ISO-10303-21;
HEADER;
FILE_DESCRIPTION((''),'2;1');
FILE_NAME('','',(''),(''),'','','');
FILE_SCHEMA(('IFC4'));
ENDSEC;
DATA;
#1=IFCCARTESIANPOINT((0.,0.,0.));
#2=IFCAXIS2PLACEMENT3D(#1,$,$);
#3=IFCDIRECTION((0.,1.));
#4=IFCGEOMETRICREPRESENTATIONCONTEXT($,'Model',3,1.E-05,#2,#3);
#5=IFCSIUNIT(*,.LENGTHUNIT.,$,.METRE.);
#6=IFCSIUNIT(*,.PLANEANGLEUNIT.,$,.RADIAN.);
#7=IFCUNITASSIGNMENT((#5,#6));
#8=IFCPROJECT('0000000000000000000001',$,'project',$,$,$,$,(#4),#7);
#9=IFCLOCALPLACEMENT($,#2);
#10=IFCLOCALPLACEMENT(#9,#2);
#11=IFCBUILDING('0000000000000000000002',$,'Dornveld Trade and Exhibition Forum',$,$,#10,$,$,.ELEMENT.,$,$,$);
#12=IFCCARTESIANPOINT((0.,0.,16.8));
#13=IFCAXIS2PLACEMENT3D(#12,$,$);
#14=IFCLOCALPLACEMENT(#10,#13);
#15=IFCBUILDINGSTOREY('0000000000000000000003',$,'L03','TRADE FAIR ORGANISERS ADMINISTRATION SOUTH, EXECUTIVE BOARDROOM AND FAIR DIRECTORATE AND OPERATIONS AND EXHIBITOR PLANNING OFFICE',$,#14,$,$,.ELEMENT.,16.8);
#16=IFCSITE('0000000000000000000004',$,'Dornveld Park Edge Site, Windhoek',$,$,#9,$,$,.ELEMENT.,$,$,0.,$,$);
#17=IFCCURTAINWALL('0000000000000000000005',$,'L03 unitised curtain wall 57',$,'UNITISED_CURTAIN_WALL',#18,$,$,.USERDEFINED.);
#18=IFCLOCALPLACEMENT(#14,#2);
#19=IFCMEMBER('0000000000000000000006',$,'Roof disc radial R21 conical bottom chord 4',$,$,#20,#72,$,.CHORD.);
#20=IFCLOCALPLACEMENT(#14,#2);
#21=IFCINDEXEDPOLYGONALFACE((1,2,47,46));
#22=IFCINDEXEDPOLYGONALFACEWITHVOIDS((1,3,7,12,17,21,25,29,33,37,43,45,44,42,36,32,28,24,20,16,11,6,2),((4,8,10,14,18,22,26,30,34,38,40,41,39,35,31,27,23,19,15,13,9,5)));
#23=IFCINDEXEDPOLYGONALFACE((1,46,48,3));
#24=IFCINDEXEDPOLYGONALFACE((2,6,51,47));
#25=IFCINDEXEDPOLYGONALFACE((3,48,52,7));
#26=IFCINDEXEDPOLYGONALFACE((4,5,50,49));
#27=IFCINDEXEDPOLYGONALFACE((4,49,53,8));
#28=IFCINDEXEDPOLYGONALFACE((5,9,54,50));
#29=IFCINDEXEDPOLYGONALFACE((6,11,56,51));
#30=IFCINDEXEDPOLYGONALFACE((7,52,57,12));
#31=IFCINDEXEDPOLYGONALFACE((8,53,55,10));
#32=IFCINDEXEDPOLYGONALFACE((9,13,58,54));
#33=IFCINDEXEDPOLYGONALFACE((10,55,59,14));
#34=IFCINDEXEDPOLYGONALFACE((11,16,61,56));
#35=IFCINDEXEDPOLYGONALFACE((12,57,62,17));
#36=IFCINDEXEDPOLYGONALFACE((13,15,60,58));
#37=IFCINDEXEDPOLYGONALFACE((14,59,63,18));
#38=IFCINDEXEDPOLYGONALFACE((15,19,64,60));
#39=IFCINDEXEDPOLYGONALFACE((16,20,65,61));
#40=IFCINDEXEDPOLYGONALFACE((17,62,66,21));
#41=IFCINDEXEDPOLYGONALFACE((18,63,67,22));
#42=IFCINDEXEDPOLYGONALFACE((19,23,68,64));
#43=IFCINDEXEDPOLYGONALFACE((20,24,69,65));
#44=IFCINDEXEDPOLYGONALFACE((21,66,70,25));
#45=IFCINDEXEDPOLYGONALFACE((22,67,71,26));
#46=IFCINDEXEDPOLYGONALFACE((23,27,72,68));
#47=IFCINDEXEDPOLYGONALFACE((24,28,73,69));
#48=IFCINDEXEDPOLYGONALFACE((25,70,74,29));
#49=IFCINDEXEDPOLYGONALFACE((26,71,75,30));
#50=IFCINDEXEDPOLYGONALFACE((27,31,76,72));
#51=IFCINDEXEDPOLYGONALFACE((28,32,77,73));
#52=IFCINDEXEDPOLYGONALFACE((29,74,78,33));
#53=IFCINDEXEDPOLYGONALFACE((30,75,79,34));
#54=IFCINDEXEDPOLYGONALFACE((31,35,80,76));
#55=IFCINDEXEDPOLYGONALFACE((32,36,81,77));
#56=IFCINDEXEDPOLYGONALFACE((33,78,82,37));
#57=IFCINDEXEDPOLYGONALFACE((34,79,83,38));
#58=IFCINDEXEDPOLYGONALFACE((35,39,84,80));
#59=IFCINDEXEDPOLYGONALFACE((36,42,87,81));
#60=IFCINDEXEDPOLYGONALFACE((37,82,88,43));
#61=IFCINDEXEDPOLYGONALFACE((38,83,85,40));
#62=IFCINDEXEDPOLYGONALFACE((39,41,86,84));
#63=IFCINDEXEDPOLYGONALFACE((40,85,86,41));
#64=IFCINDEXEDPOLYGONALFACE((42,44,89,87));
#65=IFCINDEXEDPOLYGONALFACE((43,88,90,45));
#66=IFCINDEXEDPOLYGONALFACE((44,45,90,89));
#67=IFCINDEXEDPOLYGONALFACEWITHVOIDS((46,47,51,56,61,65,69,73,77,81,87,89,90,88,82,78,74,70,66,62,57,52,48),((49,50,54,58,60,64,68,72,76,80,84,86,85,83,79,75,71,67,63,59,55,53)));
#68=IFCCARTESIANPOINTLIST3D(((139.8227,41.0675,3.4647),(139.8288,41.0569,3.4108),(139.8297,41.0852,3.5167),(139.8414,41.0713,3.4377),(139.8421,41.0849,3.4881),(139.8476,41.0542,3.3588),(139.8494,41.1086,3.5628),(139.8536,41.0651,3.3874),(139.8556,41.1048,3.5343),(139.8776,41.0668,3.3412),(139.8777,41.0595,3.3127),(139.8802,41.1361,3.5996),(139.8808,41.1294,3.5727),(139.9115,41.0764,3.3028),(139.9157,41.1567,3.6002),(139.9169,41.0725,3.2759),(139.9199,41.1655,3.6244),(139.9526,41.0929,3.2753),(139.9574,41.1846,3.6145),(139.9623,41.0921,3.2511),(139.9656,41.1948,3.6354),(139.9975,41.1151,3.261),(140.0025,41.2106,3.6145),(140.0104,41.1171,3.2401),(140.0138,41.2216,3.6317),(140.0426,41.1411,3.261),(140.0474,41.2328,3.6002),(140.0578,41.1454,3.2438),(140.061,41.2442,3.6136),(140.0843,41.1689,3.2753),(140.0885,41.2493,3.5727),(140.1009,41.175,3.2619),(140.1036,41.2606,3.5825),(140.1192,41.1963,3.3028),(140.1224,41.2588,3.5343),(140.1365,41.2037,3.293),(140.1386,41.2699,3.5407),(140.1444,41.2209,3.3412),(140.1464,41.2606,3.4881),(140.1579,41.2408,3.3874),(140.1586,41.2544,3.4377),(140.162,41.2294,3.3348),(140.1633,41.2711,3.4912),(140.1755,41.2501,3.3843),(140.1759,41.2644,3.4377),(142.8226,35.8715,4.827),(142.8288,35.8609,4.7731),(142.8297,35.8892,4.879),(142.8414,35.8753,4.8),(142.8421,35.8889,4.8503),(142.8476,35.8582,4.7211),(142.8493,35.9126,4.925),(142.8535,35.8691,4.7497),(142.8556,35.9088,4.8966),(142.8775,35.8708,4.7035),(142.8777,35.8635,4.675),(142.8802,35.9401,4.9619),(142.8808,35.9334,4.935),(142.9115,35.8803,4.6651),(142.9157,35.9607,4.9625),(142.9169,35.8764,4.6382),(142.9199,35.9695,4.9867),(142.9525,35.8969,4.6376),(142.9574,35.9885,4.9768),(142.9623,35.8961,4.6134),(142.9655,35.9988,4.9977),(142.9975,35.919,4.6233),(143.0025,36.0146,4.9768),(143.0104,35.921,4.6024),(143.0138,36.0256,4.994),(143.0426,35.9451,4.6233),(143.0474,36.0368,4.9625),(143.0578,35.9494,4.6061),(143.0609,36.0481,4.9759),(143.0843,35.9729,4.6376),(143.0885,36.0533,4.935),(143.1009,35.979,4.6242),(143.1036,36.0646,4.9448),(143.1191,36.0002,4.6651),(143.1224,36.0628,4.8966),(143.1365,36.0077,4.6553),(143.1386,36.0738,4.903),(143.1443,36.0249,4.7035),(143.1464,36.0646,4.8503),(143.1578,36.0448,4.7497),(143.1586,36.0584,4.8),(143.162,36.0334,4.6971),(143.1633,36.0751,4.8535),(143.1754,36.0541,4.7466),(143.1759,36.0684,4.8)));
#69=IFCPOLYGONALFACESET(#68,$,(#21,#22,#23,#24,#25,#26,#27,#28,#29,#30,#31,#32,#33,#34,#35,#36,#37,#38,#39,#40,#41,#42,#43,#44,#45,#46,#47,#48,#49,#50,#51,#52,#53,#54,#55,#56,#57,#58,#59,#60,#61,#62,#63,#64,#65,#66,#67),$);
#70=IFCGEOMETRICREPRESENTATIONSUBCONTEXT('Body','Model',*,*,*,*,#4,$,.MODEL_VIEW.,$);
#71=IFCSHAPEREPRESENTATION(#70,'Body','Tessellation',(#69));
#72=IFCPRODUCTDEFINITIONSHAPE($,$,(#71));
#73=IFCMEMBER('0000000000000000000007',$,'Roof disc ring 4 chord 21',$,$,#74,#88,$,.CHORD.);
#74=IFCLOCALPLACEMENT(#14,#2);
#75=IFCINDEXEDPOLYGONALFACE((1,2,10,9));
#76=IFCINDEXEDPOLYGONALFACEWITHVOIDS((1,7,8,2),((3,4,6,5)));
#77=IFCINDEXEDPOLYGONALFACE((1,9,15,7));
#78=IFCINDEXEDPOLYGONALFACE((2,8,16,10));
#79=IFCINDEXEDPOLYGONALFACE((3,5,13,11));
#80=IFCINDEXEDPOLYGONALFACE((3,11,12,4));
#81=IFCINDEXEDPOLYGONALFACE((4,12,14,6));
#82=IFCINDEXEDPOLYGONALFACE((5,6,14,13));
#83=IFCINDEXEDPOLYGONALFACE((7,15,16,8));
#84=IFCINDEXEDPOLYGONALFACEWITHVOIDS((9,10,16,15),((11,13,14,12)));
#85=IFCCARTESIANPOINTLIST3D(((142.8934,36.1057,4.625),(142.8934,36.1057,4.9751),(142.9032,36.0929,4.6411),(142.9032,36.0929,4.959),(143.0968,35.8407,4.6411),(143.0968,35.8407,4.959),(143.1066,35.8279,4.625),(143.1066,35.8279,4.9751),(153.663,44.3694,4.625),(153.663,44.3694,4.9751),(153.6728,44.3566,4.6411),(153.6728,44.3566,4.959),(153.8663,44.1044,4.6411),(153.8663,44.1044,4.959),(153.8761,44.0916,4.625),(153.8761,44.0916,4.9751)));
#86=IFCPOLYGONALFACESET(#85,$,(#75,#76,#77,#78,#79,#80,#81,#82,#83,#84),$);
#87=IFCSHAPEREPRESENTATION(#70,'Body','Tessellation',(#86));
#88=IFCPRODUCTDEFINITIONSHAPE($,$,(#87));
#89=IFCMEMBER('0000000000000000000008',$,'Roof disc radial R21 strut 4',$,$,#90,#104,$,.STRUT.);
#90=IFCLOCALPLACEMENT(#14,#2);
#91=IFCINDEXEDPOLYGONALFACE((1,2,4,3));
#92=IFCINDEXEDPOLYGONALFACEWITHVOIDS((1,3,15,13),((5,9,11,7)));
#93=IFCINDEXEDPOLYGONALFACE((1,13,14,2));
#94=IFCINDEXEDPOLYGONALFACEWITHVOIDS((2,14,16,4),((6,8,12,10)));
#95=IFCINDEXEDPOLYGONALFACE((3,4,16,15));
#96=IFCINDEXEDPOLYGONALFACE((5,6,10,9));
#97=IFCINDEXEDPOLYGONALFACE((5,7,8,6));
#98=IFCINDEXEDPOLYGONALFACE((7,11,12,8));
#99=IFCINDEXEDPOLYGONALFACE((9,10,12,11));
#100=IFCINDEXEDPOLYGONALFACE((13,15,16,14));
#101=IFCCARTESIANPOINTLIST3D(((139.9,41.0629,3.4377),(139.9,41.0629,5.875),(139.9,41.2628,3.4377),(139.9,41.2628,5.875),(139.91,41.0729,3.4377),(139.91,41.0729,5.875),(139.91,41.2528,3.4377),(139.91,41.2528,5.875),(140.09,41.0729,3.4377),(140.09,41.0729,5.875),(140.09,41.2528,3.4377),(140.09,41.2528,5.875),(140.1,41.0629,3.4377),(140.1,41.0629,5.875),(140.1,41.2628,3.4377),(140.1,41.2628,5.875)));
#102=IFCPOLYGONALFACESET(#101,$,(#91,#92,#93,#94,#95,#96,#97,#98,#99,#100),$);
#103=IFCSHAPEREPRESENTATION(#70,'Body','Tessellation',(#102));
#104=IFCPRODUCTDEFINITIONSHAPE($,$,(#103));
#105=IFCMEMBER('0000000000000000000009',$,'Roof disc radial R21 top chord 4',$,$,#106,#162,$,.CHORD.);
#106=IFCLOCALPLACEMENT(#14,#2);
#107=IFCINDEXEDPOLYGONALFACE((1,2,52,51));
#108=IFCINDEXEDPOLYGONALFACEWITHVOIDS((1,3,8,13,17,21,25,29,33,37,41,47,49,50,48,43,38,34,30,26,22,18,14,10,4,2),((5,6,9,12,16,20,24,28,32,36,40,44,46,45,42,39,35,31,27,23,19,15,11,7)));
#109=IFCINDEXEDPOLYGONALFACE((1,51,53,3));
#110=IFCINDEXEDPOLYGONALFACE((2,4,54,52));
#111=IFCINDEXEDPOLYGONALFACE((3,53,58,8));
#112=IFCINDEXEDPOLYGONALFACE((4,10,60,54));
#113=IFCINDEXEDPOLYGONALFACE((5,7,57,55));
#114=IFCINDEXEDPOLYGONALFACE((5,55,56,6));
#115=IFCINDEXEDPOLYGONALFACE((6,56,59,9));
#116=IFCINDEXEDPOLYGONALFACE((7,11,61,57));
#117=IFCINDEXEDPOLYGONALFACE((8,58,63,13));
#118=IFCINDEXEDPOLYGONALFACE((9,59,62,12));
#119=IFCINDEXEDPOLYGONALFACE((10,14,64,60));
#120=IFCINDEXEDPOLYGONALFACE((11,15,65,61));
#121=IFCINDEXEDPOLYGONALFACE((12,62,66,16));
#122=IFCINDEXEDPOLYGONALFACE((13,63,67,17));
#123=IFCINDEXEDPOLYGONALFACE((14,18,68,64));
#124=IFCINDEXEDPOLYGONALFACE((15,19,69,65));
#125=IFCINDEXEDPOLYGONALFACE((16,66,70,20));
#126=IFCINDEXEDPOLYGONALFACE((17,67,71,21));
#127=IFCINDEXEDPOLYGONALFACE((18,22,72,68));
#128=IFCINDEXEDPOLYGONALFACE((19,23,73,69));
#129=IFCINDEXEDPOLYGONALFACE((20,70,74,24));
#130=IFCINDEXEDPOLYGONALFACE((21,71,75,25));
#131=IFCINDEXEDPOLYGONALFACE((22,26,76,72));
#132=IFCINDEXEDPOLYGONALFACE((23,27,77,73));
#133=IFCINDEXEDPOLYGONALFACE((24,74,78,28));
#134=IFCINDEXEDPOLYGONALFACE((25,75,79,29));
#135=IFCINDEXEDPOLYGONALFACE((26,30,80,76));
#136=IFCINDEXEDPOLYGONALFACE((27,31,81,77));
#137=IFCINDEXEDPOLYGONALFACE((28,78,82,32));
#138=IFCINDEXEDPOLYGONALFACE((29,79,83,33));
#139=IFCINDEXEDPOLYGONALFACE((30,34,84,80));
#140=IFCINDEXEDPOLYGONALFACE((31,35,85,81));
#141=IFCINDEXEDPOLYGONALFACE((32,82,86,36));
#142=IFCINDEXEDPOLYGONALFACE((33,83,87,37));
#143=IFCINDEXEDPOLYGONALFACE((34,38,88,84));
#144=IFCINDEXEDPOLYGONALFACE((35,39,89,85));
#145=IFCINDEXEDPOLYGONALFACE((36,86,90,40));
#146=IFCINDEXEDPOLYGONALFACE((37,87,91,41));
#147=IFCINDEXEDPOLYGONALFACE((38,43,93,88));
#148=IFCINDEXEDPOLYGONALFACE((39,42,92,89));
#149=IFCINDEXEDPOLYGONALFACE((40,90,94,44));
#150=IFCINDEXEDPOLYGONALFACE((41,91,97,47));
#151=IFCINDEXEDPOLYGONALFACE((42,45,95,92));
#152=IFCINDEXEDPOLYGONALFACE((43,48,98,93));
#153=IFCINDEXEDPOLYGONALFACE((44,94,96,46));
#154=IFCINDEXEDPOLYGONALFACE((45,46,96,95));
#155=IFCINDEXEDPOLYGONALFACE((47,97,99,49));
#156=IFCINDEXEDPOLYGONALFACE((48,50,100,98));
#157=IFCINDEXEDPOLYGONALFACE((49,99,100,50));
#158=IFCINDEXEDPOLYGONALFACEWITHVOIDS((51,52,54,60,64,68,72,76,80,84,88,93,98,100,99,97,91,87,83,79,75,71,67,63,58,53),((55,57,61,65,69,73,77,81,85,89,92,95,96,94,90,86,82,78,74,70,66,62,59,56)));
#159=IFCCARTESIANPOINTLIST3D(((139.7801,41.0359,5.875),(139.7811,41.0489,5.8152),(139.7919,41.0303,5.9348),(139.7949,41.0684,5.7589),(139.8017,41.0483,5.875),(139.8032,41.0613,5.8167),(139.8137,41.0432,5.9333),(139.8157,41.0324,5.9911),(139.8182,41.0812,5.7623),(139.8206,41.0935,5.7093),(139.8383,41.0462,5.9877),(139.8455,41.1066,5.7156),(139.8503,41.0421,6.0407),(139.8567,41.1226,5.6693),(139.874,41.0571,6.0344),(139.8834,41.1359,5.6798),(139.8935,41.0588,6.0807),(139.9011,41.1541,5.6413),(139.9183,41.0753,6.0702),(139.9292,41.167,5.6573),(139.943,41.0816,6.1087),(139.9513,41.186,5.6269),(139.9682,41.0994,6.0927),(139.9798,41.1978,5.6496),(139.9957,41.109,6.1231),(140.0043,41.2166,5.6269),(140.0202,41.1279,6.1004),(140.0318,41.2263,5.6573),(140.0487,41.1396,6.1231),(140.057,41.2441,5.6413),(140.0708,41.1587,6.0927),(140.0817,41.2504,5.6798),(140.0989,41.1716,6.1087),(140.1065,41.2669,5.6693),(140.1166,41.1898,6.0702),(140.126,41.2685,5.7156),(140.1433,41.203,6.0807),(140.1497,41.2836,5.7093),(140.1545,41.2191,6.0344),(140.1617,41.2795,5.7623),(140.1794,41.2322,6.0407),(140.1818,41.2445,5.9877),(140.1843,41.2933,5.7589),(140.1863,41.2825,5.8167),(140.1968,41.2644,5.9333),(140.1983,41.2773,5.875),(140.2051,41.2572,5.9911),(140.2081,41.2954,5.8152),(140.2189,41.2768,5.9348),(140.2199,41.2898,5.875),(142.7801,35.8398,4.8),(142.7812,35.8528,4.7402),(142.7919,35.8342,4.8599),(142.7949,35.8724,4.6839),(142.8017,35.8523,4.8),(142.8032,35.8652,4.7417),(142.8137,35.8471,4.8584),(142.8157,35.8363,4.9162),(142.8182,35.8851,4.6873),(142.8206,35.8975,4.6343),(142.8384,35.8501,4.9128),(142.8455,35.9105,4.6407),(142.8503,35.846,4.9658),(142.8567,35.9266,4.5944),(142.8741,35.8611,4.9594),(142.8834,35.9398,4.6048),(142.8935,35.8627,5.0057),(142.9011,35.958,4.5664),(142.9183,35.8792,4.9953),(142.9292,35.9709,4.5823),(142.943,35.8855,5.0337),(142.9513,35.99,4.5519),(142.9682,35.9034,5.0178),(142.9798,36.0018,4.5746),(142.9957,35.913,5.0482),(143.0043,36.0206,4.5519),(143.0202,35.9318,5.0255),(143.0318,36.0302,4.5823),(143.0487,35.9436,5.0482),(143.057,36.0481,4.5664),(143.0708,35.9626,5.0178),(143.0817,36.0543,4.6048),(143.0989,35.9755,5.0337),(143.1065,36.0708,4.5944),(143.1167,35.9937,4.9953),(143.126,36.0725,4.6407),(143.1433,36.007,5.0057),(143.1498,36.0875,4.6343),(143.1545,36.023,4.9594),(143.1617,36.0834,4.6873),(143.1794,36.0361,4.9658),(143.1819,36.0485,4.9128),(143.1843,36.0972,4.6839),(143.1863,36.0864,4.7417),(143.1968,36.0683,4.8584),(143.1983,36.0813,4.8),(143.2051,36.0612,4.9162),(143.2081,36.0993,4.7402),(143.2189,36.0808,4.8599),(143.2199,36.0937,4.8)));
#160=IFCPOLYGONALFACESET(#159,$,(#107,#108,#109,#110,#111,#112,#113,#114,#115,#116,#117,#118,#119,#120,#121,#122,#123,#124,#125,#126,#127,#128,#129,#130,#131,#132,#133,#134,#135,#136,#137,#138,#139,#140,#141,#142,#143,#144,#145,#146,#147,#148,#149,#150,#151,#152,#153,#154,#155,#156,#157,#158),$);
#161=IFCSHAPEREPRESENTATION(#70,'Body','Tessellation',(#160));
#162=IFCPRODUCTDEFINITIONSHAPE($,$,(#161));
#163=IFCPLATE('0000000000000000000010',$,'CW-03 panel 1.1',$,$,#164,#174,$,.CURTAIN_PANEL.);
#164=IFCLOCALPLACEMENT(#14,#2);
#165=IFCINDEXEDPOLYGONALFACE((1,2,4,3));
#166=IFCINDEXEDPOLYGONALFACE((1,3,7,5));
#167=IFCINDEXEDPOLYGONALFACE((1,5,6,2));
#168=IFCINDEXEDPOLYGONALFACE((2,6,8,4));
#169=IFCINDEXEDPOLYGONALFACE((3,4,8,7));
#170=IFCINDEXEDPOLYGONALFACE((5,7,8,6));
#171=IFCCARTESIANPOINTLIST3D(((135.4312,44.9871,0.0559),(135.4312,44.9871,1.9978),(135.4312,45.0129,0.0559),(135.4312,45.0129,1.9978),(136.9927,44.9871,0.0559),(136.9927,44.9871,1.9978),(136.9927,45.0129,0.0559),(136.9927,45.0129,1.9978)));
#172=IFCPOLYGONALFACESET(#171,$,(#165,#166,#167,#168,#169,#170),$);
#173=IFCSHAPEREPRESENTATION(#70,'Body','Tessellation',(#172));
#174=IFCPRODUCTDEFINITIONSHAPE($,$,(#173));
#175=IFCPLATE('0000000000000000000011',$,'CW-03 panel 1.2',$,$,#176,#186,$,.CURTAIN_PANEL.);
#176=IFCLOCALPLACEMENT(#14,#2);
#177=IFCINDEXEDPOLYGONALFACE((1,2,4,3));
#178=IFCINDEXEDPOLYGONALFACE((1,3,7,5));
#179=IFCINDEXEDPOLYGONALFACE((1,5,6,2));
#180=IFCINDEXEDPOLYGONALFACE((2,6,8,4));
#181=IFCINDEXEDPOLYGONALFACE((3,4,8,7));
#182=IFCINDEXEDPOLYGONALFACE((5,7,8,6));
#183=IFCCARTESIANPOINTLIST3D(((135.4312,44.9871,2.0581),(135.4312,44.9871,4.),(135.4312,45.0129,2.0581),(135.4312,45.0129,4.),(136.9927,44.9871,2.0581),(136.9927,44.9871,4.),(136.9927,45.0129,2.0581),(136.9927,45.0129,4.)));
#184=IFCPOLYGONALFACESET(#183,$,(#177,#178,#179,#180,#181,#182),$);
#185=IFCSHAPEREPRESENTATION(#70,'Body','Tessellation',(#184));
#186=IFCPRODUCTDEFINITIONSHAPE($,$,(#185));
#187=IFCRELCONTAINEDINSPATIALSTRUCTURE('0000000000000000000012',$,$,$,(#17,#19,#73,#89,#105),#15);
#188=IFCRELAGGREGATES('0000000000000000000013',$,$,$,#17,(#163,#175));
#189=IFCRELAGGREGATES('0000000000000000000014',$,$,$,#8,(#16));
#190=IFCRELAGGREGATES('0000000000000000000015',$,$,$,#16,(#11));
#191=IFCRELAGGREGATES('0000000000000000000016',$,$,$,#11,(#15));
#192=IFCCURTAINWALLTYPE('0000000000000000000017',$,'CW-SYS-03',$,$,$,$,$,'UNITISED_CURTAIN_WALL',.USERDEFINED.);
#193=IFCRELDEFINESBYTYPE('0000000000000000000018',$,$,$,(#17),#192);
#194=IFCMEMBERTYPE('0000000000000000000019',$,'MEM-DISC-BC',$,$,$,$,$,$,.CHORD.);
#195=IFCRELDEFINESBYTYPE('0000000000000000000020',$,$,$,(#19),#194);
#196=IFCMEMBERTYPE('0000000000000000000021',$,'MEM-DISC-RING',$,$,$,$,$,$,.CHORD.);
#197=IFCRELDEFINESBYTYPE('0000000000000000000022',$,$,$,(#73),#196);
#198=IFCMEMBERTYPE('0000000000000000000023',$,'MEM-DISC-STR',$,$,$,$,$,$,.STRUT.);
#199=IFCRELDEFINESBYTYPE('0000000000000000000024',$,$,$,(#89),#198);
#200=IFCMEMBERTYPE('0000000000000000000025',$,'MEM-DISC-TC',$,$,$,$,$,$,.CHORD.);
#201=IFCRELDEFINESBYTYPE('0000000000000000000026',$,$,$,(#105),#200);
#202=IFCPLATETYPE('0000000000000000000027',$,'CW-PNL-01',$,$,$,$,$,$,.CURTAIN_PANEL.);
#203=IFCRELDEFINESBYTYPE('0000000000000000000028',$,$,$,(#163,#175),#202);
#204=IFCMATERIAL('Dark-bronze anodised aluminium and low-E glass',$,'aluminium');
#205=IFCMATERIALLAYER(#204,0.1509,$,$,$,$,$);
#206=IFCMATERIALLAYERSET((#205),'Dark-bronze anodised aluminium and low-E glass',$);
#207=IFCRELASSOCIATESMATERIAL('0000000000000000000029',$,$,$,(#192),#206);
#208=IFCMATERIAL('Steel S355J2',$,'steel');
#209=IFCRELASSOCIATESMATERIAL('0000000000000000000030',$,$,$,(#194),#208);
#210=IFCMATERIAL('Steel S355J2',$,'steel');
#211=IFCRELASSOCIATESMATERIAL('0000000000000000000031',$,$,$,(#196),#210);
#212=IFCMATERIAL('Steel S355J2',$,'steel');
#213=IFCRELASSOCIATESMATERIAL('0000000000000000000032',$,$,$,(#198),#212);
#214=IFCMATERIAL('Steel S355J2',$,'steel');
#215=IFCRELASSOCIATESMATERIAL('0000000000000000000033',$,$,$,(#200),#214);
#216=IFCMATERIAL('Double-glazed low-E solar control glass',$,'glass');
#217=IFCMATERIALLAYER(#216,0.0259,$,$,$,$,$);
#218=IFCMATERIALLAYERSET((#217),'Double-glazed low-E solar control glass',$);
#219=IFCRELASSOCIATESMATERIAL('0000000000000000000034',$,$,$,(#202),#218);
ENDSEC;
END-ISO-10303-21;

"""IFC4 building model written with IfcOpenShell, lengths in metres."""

from ifc_helpers import new_model, si_unit, direction, frame, origin, origin_2d, place, context, subcontext, project, spatial, rectangle, hollow_rectangle, hollow_circle, extrude, material, layer, layer_set, material_profile, profile_set, type_object, element, aggregate, save


model = new_model("IFC4")

# Units and contexts
model_context = context("Model", 3, precision=1e-05, world=origin(), true_north=direction((0.0, 1.0)))
body_context = subcontext(model_context, "Body", "Model", "MODEL_VIEW")
ifc_project = project(units=[si_unit("LENGTHUNIT", "METRE"), si_unit("PLANEANGLEUNIT", "RADIAN")], contexts=[model_context])

# Site, building, storey
site_placement = place(None, origin())
site = spatial("IfcSite", under=ifc_project, at=site_placement, Name="Dornveld Park Edge Site, Windhoek", CompositionType="ELEMENT", RefElevation=0.0)
building_placement = place(site_placement, origin())
building = spatial("IfcBuilding", under=site, at=building_placement, Name="Dornveld Trade and Exhibition Forum", CompositionType="ELEMENT")
storey_placement = place(building_placement, frame((0.0, 0.0, 16.8)))
storey = spatial("IfcBuildingStorey", under=building, at=storey_placement, Name="L03", Description="TRADE FAIR ORGANISERS ADMINISTRATION SOUTH, EXECUTIVE BOARDROOM AND FAIR DIRECTORATE AND OPERATIONS AND EXHIBITOR PLANNING OFFICE", CompositionType="ELEMENT", Elevation=16.8)

# Curtain wall
ifc_material_1 = material(Name="Dark-bronze anodised aluminium and low-E glass", Category="aluminium")
ifc_layer_1 = layer(ifc_material_1, 0.1509)
ifc_layer_set_1 = layer_set([ifc_layer_1], Name="Dark-bronze anodised aluminium and low-E glass")
curtain_wall_type_1 = type_object("IfcCurtainWallType", Name="CW-SYS-03", ElementType="UNITISED_CURTAIN_WALL", PredefinedType="USERDEFINED", material=ifc_layer_set_1)
curtain_wall_1_placement = place(storey_placement, origin())
curtain_wall_1 = element("IfcCurtainWall", 1, at=curtain_wall_1_placement, inside=storey, type_object=curtain_wall_type_1, Name="L03 unitised curtain wall 57", ObjectType="UNITISED_CURTAIN_WALL", PredefinedType="USERDEFINED")

# Members
ifc_material_2 = material(Name="Steel S355J2", Category="steel")
ifc_material_profile_1 = material_profile(ifc_material_2, hollow_circle(Radius=0.2031, WallThickness=0.02, at=origin_2d()), Name="CHS 406.4x20")
ifc_profile_set_1 = profile_set([ifc_material_profile_1], Name="Steel S355J2")
member_type_1 = type_object("IfcMemberType", Name="MEM-DISC-BC", PredefinedType="CHORD", material=ifc_profile_set_1)
member_1_placement = place(storey_placement, frame((140.0, 41.1628, 3.4377), z_axis=(0.487597, -0.844525, 0.221419), x_axis=(0.866021, 0.500008, 0.0)))
element("IfcMember", 2, at=member_1_placement, inside=storey, type_object=member_type_1, Name="Roof disc radial R21 conical bottom chord 4", PredefinedType="CHORD", context=body_context, shape_type="SweptSolid", body=[
    extrude(hollow_circle(Radius=0.2031, WallThickness=0.02, at=origin_2d()), origin(), (0.0, 0.0, 1.0), 6.1526),
])
ifc_material_3 = material(Name="Steel S355J2", Category="steel")
ifc_material_profile_2 = material_profile(ifc_material_3, hollow_rectangle(XDim=0.3501, YDim=0.3501, WallThickness=0.0161, at=origin_2d()), Name="SHS 350x350x16")
ifc_profile_set_2 = profile_set([ifc_material_profile_2], Name="Steel S355J2")
member_type_2 = type_object("IfcMemberType", Name="MEM-DISC-RING", PredefinedType="CHORD", material=ifc_profile_set_2)
member_2_placement = place(storey_placement, frame((143.0, 35.9668, 4.8), z_axis=(0.793356, 0.608758, 0.0), x_axis=(-0.608758, 0.793356, 0.0)))
element("IfcMember", 3, at=member_2_placement, inside=storey, type_object=member_type_2, Name="Roof disc ring 4 chord 21", PredefinedType="CHORD", context=body_context, shape_type="SweptSolid", body=[
    extrude(hollow_rectangle(XDim=0.3501, YDim=0.3501, WallThickness=0.0161, at=origin_2d()), origin(), (0.0, 0.0, 1.0), 13.5747),
])
ifc_material_4 = material(Name="Steel S355J2", Category="steel")
ifc_material_profile_3 = material_profile(ifc_material_4, hollow_rectangle(XDim=0.2, YDim=0.2, WallThickness=0.01, at=origin_2d()), Name="SHS 200x200x10")
ifc_profile_set_3 = profile_set([ifc_material_profile_3], Name="Steel S355J2")
member_type_3 = type_object("IfcMemberType", Name="MEM-DISC-STR", PredefinedType="STRUT", material=ifc_profile_set_3)
member_3_placement = place(storey_placement, frame((140.0, 41.1628, 3.4377), z_axis=(0.0, 0.0, 1.0), x_axis=(1.0, 0.0, 0.0)))
element("IfcMember", 4, at=member_3_placement, inside=storey, type_object=member_type_3, Name="Roof disc radial R21 strut 4", PredefinedType="STRUT", context=body_context, shape_type="SweptSolid", body=[
    extrude(hollow_rectangle(XDim=0.2, YDim=0.2, WallThickness=0.01, at=origin_2d()), origin(), (0.0, 0.0, 1.0), 2.4373),
])
ifc_material_5 = material(Name="Steel S355J2", Category="steel")
ifc_material_profile_4 = material_profile(ifc_material_5, hollow_circle(Radius=0.2539, WallThickness=0.0249, at=origin_2d()), Name="CHS 508x25")
ifc_profile_set_4 = profile_set([ifc_material_profile_4], Name="Steel S355J2")
member_type_4 = type_object("IfcMemberType", Name="MEM-DISC-TC", PredefinedType="CHORD", material=ifc_profile_set_4)
member_4_placement = place(storey_placement, frame((140.0, 41.1628, 5.875), z_axis=(0.492171, -0.852448, -0.176353), x_axis=(0.866021, 0.500008, 0.0)))
element("IfcMember", 5, at=member_4_placement, inside=storey, type_object=member_type_4, Name="Roof disc radial R21 top chord 4", PredefinedType="CHORD", context=body_context, shape_type="SweptSolid", body=[
    extrude(hollow_circle(Radius=0.2539, WallThickness=0.0249, at=origin_2d()), origin(), (0.0, 0.0, 1.0), 6.0955),
])

# Plates
ifc_material_6 = material(Name="Double-glazed low-E solar control glass", Category="glass")
ifc_layer_2 = layer(ifc_material_6, 0.0259)
ifc_layer_set_2 = layer_set([ifc_layer_2], Name="Double-glazed low-E solar control glass")
plate_type_1 = type_object("IfcPlateType", Name="CW-PNL-01", PredefinedType="CURTAIN_PANEL", material=ifc_layer_set_2)
plate_1_placement = place(storey_placement, frame((136.2119, 45.0, 0.0559), z_axis=(0.0, 0.0, 1.0), x_axis=(1.0, 0.0, 0.0)))
plate_1 = element("IfcPlate", 6, at=plate_1_placement, type_object=plate_type_1, Name="CW-03 panel 1.1", PredefinedType="CURTAIN_PANEL", context=body_context, shape_type="SweptSolid", body=[
    extrude(rectangle(XDim=1.5615, YDim=0.0259, at=origin_2d()), origin(), (0.0, 0.0, 1.0), 1.9419),
])
plate_2_placement = place(storey_placement, frame((136.2119, 45.0, 2.0581), z_axis=(0.0, 0.0, 1.0), x_axis=(1.0, 0.0, 0.0)))
plate_2 = element("IfcPlate", 7, at=plate_2_placement, type_object=plate_type_1, Name="CW-03 panel 1.2", PredefinedType="CURTAIN_PANEL", context=body_context, shape_type="SweptSolid", body=[
    extrude(rectangle(XDim=1.5615, YDim=0.0259, at=origin_2d()), origin(), (0.0, 0.0, 1.0), 1.9419),
])
aggregate(curtain_wall_1, [plate_1, plate_2])

save(model, "model.ifc")
